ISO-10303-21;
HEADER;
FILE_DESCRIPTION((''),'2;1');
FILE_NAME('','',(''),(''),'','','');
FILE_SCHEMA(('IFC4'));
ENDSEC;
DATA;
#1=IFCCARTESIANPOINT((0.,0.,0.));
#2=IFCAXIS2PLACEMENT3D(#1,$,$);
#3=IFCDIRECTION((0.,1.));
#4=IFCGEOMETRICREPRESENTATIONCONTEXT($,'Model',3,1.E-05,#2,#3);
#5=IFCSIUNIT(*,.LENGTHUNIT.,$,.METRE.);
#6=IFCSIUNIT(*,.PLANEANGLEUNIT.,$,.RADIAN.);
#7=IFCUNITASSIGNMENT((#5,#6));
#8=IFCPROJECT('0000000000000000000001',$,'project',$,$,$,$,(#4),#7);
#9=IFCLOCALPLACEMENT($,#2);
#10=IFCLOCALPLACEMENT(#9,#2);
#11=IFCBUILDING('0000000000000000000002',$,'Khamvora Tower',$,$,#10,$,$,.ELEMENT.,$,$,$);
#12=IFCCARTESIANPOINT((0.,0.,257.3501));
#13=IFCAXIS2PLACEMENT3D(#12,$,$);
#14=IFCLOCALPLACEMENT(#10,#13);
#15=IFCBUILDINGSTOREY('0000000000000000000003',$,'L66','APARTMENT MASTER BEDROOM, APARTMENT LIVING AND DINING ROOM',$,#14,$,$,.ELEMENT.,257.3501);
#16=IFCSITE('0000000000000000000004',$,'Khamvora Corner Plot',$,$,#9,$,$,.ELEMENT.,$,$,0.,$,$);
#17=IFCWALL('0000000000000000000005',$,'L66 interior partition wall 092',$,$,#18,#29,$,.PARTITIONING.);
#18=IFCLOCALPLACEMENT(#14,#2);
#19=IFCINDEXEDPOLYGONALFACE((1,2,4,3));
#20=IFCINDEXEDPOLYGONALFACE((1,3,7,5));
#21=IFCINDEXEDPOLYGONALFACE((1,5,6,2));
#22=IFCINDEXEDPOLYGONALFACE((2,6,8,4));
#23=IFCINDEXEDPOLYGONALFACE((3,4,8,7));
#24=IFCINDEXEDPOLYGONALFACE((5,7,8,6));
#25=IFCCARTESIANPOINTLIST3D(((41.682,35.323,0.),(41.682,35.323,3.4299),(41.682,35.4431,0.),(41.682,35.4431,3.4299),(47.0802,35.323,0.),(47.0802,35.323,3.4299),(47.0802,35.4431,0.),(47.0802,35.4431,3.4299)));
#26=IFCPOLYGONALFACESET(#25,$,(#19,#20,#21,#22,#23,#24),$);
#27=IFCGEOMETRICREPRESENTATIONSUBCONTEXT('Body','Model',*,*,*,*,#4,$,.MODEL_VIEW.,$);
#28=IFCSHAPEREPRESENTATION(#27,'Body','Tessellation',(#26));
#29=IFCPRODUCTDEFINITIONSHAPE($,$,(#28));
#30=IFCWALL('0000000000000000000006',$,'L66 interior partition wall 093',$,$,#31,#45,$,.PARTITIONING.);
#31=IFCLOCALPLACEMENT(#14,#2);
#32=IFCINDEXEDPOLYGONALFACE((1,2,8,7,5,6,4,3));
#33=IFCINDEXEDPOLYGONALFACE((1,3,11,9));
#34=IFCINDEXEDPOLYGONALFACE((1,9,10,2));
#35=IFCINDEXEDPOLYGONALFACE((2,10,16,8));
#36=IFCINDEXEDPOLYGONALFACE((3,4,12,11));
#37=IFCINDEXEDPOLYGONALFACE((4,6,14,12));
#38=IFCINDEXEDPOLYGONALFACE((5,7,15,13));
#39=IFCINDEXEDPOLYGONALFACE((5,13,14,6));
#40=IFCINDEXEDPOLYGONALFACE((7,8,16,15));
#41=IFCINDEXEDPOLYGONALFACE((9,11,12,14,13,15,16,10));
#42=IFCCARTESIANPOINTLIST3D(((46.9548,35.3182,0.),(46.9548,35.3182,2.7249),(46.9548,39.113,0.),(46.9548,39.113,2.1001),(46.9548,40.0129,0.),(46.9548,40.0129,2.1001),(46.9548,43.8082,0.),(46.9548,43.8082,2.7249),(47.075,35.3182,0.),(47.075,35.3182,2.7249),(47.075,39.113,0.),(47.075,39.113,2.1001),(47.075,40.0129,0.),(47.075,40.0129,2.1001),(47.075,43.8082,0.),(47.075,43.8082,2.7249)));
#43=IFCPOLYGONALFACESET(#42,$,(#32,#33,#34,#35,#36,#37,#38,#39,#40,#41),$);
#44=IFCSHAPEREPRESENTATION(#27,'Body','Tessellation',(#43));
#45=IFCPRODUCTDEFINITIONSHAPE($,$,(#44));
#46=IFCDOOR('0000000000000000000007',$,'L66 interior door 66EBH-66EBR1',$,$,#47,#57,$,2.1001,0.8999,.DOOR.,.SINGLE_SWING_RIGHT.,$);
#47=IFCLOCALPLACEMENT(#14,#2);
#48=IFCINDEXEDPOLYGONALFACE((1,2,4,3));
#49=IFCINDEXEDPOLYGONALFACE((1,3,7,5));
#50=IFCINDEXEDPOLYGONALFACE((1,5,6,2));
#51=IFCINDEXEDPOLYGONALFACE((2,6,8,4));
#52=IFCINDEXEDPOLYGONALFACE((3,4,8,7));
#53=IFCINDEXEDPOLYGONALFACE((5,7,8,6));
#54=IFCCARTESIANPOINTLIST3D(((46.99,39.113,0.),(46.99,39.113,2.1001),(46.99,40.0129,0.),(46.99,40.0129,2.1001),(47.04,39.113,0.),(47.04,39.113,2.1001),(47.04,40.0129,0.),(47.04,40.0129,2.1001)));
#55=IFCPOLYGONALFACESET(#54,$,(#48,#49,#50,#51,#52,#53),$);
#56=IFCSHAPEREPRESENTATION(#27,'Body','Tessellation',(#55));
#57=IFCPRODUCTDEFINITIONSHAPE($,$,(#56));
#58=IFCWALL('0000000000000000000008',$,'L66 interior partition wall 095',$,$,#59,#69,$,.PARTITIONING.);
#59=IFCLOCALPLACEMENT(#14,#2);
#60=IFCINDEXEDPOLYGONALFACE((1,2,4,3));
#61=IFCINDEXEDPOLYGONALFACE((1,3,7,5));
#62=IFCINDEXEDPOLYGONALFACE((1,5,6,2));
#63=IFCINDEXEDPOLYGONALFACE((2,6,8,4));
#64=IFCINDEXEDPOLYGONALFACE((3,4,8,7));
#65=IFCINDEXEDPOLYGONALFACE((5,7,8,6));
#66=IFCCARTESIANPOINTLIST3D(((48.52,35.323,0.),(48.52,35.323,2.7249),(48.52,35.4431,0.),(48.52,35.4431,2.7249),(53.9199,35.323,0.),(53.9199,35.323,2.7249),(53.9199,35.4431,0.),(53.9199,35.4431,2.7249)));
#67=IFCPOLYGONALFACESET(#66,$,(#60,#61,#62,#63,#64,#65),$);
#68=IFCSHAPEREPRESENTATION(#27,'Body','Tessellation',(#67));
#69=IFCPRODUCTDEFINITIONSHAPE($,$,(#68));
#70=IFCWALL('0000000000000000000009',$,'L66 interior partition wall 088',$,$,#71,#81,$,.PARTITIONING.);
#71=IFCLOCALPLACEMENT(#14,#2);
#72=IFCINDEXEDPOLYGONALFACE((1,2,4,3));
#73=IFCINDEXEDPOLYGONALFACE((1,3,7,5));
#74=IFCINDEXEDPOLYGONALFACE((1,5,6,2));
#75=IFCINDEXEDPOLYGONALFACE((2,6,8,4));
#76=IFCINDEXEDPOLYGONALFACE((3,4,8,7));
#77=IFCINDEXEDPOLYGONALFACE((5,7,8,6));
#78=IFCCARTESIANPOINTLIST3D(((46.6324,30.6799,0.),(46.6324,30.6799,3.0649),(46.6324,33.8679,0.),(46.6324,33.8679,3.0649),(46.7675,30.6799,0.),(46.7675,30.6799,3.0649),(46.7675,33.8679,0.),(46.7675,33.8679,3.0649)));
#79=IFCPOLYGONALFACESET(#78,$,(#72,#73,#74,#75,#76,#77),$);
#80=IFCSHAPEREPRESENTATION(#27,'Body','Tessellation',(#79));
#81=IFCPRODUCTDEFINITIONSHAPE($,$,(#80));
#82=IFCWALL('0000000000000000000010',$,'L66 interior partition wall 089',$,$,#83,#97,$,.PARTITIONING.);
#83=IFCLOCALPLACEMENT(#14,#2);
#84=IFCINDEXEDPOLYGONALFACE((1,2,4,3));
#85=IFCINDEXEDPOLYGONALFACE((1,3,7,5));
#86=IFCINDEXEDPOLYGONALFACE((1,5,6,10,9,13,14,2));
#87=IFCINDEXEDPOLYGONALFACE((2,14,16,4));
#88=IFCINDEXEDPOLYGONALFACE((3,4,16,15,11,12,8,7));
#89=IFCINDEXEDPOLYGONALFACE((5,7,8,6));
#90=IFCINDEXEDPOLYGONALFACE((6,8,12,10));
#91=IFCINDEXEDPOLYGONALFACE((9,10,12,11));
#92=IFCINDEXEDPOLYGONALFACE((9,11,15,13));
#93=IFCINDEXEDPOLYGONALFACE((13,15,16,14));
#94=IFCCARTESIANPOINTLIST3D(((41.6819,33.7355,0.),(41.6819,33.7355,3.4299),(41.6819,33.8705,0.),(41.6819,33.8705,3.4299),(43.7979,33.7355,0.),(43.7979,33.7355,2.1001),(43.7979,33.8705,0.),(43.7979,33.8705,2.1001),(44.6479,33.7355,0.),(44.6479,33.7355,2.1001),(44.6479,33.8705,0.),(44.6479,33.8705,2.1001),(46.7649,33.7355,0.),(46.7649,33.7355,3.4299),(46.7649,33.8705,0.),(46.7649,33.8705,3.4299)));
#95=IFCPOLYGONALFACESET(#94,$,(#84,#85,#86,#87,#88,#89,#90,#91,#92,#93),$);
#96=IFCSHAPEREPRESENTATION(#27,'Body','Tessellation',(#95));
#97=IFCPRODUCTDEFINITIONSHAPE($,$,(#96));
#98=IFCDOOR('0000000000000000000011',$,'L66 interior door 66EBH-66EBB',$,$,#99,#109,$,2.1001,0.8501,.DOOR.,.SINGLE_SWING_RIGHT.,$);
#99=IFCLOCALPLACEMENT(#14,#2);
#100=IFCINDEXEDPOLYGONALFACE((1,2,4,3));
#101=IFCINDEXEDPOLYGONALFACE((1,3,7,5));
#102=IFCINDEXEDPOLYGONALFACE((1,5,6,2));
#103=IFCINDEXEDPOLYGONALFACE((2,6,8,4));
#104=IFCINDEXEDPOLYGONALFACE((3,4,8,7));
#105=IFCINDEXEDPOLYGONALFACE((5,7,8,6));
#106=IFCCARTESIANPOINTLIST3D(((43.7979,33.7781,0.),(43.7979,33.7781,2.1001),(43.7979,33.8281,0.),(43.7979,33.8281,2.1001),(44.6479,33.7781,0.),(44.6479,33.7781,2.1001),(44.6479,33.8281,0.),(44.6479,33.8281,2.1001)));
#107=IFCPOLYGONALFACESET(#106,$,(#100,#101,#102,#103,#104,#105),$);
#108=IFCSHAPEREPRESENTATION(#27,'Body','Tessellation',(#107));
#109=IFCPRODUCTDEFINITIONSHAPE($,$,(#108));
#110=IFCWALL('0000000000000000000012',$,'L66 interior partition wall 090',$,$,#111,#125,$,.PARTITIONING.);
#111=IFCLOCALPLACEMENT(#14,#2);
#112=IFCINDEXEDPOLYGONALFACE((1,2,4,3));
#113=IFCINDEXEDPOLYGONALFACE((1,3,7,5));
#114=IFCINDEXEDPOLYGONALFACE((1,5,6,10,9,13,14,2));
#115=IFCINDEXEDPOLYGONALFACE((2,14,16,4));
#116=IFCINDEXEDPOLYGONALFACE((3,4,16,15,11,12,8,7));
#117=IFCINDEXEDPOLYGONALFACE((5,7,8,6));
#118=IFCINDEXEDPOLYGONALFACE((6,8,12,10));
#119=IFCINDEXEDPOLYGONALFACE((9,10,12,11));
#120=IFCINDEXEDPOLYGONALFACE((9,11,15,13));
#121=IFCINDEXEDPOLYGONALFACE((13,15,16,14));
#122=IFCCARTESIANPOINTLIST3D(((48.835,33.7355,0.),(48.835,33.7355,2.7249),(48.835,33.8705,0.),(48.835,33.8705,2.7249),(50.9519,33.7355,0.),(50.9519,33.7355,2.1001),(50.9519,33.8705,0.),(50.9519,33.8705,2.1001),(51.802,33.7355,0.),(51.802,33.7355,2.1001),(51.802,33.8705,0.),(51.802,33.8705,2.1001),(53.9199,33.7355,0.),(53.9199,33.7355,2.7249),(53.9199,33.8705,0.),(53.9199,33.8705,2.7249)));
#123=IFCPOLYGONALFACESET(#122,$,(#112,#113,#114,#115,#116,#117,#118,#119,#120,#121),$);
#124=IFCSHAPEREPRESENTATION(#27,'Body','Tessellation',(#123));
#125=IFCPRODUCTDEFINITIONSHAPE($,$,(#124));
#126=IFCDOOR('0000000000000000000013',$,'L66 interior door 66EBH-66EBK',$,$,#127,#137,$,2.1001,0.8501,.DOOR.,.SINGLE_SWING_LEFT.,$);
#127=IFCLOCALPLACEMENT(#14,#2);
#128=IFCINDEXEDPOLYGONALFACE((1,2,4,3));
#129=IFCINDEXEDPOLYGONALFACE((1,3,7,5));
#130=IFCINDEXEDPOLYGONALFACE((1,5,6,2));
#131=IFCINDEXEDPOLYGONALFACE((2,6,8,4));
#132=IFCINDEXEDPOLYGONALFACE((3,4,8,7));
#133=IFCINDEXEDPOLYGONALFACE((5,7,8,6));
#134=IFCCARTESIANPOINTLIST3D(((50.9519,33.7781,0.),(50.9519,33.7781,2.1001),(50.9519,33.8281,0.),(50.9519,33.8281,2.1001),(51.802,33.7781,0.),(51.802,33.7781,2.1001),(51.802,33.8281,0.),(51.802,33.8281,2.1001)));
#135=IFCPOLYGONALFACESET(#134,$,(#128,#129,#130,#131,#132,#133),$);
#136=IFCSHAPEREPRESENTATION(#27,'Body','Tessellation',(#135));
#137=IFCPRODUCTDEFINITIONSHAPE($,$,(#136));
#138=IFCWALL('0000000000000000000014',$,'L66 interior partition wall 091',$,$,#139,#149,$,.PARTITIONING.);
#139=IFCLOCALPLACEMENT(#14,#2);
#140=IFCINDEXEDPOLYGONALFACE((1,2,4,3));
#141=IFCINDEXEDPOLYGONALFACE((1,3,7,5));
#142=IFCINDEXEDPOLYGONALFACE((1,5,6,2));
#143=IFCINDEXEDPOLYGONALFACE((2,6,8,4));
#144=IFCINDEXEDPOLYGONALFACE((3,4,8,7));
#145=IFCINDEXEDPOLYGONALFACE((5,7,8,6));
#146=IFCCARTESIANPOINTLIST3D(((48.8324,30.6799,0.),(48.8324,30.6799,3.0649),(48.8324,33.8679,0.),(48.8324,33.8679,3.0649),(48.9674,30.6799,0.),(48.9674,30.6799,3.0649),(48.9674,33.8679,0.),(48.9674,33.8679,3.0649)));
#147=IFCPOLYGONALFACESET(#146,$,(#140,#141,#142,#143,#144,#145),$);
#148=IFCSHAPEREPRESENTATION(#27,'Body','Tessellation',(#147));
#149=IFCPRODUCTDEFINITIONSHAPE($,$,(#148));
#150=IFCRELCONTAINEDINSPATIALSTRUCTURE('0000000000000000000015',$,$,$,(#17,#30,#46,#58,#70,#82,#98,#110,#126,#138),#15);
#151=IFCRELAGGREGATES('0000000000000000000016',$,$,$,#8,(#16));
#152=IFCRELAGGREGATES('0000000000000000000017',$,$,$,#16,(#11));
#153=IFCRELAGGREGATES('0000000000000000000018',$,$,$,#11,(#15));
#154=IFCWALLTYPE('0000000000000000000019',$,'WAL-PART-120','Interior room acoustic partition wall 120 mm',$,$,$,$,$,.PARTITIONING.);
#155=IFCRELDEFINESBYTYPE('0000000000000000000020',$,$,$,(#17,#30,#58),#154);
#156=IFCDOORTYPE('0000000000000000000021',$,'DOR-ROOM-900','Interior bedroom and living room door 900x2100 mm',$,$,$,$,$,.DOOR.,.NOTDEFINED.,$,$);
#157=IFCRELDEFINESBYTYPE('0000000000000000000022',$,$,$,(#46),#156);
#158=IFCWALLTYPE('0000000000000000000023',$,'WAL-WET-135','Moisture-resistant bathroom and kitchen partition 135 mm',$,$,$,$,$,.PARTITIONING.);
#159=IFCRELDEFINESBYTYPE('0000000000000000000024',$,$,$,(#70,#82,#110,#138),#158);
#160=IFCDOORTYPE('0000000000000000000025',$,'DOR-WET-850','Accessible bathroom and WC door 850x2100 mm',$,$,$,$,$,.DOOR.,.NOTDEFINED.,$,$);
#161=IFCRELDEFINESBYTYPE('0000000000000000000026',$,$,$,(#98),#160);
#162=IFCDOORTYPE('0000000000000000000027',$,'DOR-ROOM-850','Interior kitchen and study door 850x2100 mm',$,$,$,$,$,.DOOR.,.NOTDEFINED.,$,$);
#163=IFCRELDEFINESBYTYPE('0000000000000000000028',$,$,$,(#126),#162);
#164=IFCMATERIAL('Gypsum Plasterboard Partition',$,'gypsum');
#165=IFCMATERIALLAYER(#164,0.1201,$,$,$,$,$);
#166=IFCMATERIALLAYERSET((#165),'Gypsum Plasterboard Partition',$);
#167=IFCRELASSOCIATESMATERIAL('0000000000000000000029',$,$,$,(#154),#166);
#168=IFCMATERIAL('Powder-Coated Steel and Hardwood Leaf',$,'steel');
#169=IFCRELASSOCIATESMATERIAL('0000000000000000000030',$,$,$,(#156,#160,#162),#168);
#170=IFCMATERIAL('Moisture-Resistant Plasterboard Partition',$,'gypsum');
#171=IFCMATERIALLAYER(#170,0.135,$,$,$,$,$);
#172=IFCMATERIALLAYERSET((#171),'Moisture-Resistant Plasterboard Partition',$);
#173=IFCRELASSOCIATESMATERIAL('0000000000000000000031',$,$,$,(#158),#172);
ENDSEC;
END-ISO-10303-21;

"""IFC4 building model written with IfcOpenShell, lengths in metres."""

from ifc_helpers import new_model, si_unit, direction, frame, frame_2d, origin, place, context, subcontext, project, spatial, rectangle, extrude, material, layer, layer_set, type_object, element, fill, save


model = new_model("IFC4")

# Units and contexts
model_context = context("Model", 3, precision=1e-05, world=origin(), true_north=direction((0.0, 1.0)))
body_context = subcontext(model_context, "Body", "Model", "MODEL_VIEW")
ifc_project = project(units=[si_unit("LENGTHUNIT", "METRE"), si_unit("PLANEANGLEUNIT", "RADIAN")], contexts=[model_context])

# Site, building, storey
site_placement = place(None, origin())
site = spatial("IfcSite", under=ifc_project, at=site_placement, Name="Khamvora Corner Plot", CompositionType="ELEMENT", RefElevation=0.0)
building_placement = place(site_placement, origin())
building = spatial("IfcBuilding", under=site, at=building_placement, Name="Khamvora Tower", CompositionType="ELEMENT")
storey_placement = place(building_placement, frame((0.0, 0.0, 257.3501)))
storey = spatial("IfcBuildingStorey", under=building, at=storey_placement, Name="L66", Description="APARTMENT MASTER BEDROOM, APARTMENT LIVING AND DINING ROOM", CompositionType="ELEMENT", Elevation=257.3501)

# Shared definitions
ifc_material_1 = material(Name="Powder-Coated Steel and Hardwood Leaf", Category="steel")

# Wall
ifc_material_2 = material(Name="Gypsum Plasterboard Partition", Category="gypsum")
ifc_layer_1 = layer(ifc_material_2, 0.1201)
ifc_layer_set_1 = layer_set([ifc_layer_1], Name="Gypsum Plasterboard Partition")
wall_type_1 = type_object("IfcWallType", Name="WAL-PART-120", Description="Interior room acoustic partition wall 120 mm", PredefinedType="PARTITIONING", material=ifc_layer_set_1)
wall_1_placement = place(storey_placement, frame((41.6819, 35.3831, 0.0), z_axis=(0.0, 0.0, 1.0), x_axis=(1.0, 0.0, 0.0)))
element("IfcWall", 1, at=wall_1_placement, inside=storey, type_object=wall_type_1, Name="L66 interior partition wall 092", PredefinedType="PARTITIONING", context=body_context, shape_type="SweptSolid", body=[
    extrude(rectangle(XDim=5.3982, YDim=0.1201, at=frame_2d((2.6992, 0.0))), origin(), (0.0, 0.0, 1.0), 3.4299),
])

# Wall, opening, door
wall_2_placement = place(storey_placement, frame((47.0149, 35.3181, 0.0), z_axis=(0.0, 0.0, 1.0), x_axis=(0.0, 1.0, 0.0)))
wall_2 = element("IfcWall", 2, at=wall_2_placement, inside=storey, type_object=wall_type_1, Name="L66 interior partition wall 093", PredefinedType="PARTITIONING", context=body_context, shape_type="SweptSolid", body=[
    extrude(rectangle(XDim=8.49, YDim=0.1201, at=frame_2d((4.2451, 0.0))), origin(), (0.0, 0.0, 1.0), 2.7249),
])
opening_1_placement = place(wall_2_placement, frame((3.7949, 0.0, 0.0)))
opening_1 = element("IfcOpeningElement", 3, at=opening_1_placement, cuts=wall_2, PredefinedType="OPENING", context=body_context, shape_type="SweptSolid", body=[
    extrude(rectangle(XDim=0.8999, YDim=2.1001, at=frame_2d((0.45, 1.05))), frame((0.0, 0.0701, 0.0), z_axis=(0.0, -1.0, 0.0), x_axis=(1.0, 0.0, 0.0)), (0.0, 0.0, 1.0), 0.1401),
])
door_type_1 = type_object("IfcDoorType", Name="DOR-ROOM-900", Description="Interior bedroom and living room door 900x2100 mm", OperationType="NOTDEFINED", PredefinedType="DOOR", material=ifc_material_1)
door_1_placement = place(opening_1_placement, origin())
door_1 = element("IfcDoor", 4, at=door_1_placement, inside=storey, type_object=door_type_1, Name="L66 interior door 66EBH-66EBR1", OperationType="SINGLE_SWING_RIGHT", OverallHeight=2.1001, OverallWidth=0.8999, PredefinedType="DOOR", context=body_context, shape_type="SweptSolid", body=[
    extrude(rectangle(XDim=0.8999, YDim=2.1001, at=frame_2d((0.45, 1.05))), frame((0.0, 0.0249, 0.0), z_axis=(0.0, -1.0, 0.0), x_axis=(1.0, 0.0, 0.0)), (0.0, 0.0, 1.0), 0.05),
])
fill(opening_1, door_1)

# Walls
wall_3_placement = place(storey_placement, frame((48.52, 35.3831, 0.0), z_axis=(0.0, 0.0, 1.0), x_axis=(1.0, 0.0, 0.0)))
element("IfcWall", 5, at=wall_3_placement, inside=storey, type_object=wall_type_1, Name="L66 interior partition wall 095", PredefinedType="PARTITIONING", context=body_context, shape_type="SweptSolid", body=[
    extrude(rectangle(XDim=5.3999, YDim=0.1201, at=frame_2d((2.7, 0.0))), origin(), (0.0, 0.0, 1.0), 2.7249),
])
ifc_material_3 = material(Name="Moisture-Resistant Plasterboard Partition", Category="gypsum")
ifc_layer_2 = layer(ifc_material_3, 0.135)
ifc_layer_set_2 = layer_set([ifc_layer_2], Name="Moisture-Resistant Plasterboard Partition")
wall_type_2 = type_object("IfcWallType", Name="WAL-WET-135", Description="Moisture-resistant bathroom and kitchen partition 135 mm", PredefinedType="PARTITIONING", material=ifc_layer_set_2)
wall_4_placement = place(storey_placement, frame((46.7, 30.6799, 0.0), z_axis=(0.0, 0.0, 1.0), x_axis=(0.0, 1.0, 0.0)))
element("IfcWall", 6, at=wall_4_placement, inside=storey, type_object=wall_type_2, Name="L66 interior partition wall 088", PredefinedType="PARTITIONING", context=body_context, shape_type="SweptSolid", body=[
    extrude(rectangle(XDim=3.188, YDim=0.135, at=frame_2d((1.594, 0.0))), origin(), (0.0, 0.0, 1.0), 3.0649),
])

# Walls, openings, doors
wall_5_placement = place(storey_placement, frame((46.7649, 33.803, 0.0), z_axis=(0.0, 0.0, 1.0), x_axis=(-1.0, 0.0, 0.0)))
wall_5 = element("IfcWall", 7, at=wall_5_placement, inside=storey, type_object=wall_type_2, Name="L66 interior partition wall 089", PredefinedType="PARTITIONING", context=body_context, shape_type="SweptSolid", body=[
    extrude(rectangle(XDim=5.083, YDim=0.135, at=frame_2d((2.5415, 0.0))), origin(), (0.0, 0.0, 1.0), 3.4299),
])
opening_2_placement = place(wall_5_placement, frame((2.1169, 0.0, 0.0)))
opening_2 = element("IfcOpeningElement", 8, at=opening_2_placement, cuts=wall_5, PredefinedType="OPENING", context=body_context, shape_type="SweptSolid", body=[
    extrude(rectangle(XDim=0.8501, YDim=2.1001, at=frame_2d((0.425, 1.05))), frame((0.0, 0.0774, 0.0), z_axis=(0.0, -1.0, 0.0), x_axis=(1.0, 0.0, 0.0)), (0.0, 0.0, 1.0), 0.155),
])
door_type_2 = type_object("IfcDoorType", Name="DOR-WET-850", Description="Accessible bathroom and WC door 850x2100 mm", OperationType="NOTDEFINED", PredefinedType="DOOR", material=ifc_material_1)
door_2_placement = place(opening_2_placement, origin())
door_2 = element("IfcDoor", 9, at=door_2_placement, inside=storey, type_object=door_type_2, Name="L66 interior door 66EBH-66EBB", OperationType="SINGLE_SWING_RIGHT", OverallHeight=2.1001, OverallWidth=0.8501, PredefinedType="DOOR", context=body_context, shape_type="SweptSolid", body=[
    extrude(rectangle(XDim=0.8501, YDim=2.1001, at=frame_2d((0.425, 1.05))), frame((0.0, 0.0249, 0.0), z_axis=(0.0, -1.0, 0.0), x_axis=(1.0, 0.0, 0.0)), (0.0, 0.0, 1.0), 0.05),
])
fill(opening_2, door_2)
wall_6_placement = place(storey_placement, frame((53.9199, 33.803, 0.0), z_axis=(0.0, 0.0, 1.0), x_axis=(-1.0, 0.0, 0.0)))
wall_6 = element("IfcWall", 10, at=wall_6_placement, inside=storey, type_object=wall_type_2, Name="L66 interior partition wall 090", PredefinedType="PARTITIONING", context=body_context, shape_type="SweptSolid", body=[
    extrude(rectangle(XDim=5.085, YDim=0.135, at=frame_2d((2.5425, 0.0))), origin(), (0.0, 0.0, 1.0), 2.7249),
])
opening_3_placement = place(wall_6_placement, frame((2.1179, 0.0, 0.0)))
opening_3 = element("IfcOpeningElement", 11, at=opening_3_placement, cuts=wall_6, PredefinedType="OPENING", context=body_context, shape_type="SweptSolid", body=[
    extrude(rectangle(XDim=0.8501, YDim=2.1001, at=frame_2d((0.425, 1.05))), frame((0.0, 0.0774, 0.0), z_axis=(0.0, -1.0, 0.0), x_axis=(1.0, 0.0, 0.0)), (0.0, 0.0, 1.0), 0.155),
])
door_type_3 = type_object("IfcDoorType", Name="DOR-ROOM-850", Description="Interior kitchen and study door 850x2100 mm", OperationType="NOTDEFINED", PredefinedType="DOOR", material=ifc_material_1)
door_3_placement = place(opening_3_placement, origin())
door_3 = element("IfcDoor", 12, at=door_3_placement, inside=storey, type_object=door_type_3, Name="L66 interior door 66EBH-66EBK", OperationType="SINGLE_SWING_LEFT", OverallHeight=2.1001, OverallWidth=0.8501, PredefinedType="DOOR", context=body_context, shape_type="SweptSolid", body=[
    extrude(rectangle(XDim=0.8501, YDim=2.1001, at=frame_2d((0.425, 1.05))), frame((0.0, 0.0249, 0.0), z_axis=(0.0, -1.0, 0.0), x_axis=(1.0, 0.0, 0.0)), (0.0, 0.0, 1.0), 0.05),
])
fill(opening_3, door_3)

# Wall
wall_7_placement = place(storey_placement, frame((48.8999, 33.8679, 0.0), z_axis=(0.0, 0.0, 1.0), x_axis=(0.0, -1.0, 0.0)))
element("IfcWall", 13, at=wall_7_placement, inside=storey, type_object=wall_type_2, Name="L66 interior partition wall 091", PredefinedType="PARTITIONING", context=body_context, shape_type="SweptSolid", body=[
    extrude(rectangle(XDim=3.188, YDim=0.135, at=frame_2d((1.594, 0.0))), origin(), (0.0, 0.0, 1.0), 3.0649),
])

save(model, "model.ifc")
